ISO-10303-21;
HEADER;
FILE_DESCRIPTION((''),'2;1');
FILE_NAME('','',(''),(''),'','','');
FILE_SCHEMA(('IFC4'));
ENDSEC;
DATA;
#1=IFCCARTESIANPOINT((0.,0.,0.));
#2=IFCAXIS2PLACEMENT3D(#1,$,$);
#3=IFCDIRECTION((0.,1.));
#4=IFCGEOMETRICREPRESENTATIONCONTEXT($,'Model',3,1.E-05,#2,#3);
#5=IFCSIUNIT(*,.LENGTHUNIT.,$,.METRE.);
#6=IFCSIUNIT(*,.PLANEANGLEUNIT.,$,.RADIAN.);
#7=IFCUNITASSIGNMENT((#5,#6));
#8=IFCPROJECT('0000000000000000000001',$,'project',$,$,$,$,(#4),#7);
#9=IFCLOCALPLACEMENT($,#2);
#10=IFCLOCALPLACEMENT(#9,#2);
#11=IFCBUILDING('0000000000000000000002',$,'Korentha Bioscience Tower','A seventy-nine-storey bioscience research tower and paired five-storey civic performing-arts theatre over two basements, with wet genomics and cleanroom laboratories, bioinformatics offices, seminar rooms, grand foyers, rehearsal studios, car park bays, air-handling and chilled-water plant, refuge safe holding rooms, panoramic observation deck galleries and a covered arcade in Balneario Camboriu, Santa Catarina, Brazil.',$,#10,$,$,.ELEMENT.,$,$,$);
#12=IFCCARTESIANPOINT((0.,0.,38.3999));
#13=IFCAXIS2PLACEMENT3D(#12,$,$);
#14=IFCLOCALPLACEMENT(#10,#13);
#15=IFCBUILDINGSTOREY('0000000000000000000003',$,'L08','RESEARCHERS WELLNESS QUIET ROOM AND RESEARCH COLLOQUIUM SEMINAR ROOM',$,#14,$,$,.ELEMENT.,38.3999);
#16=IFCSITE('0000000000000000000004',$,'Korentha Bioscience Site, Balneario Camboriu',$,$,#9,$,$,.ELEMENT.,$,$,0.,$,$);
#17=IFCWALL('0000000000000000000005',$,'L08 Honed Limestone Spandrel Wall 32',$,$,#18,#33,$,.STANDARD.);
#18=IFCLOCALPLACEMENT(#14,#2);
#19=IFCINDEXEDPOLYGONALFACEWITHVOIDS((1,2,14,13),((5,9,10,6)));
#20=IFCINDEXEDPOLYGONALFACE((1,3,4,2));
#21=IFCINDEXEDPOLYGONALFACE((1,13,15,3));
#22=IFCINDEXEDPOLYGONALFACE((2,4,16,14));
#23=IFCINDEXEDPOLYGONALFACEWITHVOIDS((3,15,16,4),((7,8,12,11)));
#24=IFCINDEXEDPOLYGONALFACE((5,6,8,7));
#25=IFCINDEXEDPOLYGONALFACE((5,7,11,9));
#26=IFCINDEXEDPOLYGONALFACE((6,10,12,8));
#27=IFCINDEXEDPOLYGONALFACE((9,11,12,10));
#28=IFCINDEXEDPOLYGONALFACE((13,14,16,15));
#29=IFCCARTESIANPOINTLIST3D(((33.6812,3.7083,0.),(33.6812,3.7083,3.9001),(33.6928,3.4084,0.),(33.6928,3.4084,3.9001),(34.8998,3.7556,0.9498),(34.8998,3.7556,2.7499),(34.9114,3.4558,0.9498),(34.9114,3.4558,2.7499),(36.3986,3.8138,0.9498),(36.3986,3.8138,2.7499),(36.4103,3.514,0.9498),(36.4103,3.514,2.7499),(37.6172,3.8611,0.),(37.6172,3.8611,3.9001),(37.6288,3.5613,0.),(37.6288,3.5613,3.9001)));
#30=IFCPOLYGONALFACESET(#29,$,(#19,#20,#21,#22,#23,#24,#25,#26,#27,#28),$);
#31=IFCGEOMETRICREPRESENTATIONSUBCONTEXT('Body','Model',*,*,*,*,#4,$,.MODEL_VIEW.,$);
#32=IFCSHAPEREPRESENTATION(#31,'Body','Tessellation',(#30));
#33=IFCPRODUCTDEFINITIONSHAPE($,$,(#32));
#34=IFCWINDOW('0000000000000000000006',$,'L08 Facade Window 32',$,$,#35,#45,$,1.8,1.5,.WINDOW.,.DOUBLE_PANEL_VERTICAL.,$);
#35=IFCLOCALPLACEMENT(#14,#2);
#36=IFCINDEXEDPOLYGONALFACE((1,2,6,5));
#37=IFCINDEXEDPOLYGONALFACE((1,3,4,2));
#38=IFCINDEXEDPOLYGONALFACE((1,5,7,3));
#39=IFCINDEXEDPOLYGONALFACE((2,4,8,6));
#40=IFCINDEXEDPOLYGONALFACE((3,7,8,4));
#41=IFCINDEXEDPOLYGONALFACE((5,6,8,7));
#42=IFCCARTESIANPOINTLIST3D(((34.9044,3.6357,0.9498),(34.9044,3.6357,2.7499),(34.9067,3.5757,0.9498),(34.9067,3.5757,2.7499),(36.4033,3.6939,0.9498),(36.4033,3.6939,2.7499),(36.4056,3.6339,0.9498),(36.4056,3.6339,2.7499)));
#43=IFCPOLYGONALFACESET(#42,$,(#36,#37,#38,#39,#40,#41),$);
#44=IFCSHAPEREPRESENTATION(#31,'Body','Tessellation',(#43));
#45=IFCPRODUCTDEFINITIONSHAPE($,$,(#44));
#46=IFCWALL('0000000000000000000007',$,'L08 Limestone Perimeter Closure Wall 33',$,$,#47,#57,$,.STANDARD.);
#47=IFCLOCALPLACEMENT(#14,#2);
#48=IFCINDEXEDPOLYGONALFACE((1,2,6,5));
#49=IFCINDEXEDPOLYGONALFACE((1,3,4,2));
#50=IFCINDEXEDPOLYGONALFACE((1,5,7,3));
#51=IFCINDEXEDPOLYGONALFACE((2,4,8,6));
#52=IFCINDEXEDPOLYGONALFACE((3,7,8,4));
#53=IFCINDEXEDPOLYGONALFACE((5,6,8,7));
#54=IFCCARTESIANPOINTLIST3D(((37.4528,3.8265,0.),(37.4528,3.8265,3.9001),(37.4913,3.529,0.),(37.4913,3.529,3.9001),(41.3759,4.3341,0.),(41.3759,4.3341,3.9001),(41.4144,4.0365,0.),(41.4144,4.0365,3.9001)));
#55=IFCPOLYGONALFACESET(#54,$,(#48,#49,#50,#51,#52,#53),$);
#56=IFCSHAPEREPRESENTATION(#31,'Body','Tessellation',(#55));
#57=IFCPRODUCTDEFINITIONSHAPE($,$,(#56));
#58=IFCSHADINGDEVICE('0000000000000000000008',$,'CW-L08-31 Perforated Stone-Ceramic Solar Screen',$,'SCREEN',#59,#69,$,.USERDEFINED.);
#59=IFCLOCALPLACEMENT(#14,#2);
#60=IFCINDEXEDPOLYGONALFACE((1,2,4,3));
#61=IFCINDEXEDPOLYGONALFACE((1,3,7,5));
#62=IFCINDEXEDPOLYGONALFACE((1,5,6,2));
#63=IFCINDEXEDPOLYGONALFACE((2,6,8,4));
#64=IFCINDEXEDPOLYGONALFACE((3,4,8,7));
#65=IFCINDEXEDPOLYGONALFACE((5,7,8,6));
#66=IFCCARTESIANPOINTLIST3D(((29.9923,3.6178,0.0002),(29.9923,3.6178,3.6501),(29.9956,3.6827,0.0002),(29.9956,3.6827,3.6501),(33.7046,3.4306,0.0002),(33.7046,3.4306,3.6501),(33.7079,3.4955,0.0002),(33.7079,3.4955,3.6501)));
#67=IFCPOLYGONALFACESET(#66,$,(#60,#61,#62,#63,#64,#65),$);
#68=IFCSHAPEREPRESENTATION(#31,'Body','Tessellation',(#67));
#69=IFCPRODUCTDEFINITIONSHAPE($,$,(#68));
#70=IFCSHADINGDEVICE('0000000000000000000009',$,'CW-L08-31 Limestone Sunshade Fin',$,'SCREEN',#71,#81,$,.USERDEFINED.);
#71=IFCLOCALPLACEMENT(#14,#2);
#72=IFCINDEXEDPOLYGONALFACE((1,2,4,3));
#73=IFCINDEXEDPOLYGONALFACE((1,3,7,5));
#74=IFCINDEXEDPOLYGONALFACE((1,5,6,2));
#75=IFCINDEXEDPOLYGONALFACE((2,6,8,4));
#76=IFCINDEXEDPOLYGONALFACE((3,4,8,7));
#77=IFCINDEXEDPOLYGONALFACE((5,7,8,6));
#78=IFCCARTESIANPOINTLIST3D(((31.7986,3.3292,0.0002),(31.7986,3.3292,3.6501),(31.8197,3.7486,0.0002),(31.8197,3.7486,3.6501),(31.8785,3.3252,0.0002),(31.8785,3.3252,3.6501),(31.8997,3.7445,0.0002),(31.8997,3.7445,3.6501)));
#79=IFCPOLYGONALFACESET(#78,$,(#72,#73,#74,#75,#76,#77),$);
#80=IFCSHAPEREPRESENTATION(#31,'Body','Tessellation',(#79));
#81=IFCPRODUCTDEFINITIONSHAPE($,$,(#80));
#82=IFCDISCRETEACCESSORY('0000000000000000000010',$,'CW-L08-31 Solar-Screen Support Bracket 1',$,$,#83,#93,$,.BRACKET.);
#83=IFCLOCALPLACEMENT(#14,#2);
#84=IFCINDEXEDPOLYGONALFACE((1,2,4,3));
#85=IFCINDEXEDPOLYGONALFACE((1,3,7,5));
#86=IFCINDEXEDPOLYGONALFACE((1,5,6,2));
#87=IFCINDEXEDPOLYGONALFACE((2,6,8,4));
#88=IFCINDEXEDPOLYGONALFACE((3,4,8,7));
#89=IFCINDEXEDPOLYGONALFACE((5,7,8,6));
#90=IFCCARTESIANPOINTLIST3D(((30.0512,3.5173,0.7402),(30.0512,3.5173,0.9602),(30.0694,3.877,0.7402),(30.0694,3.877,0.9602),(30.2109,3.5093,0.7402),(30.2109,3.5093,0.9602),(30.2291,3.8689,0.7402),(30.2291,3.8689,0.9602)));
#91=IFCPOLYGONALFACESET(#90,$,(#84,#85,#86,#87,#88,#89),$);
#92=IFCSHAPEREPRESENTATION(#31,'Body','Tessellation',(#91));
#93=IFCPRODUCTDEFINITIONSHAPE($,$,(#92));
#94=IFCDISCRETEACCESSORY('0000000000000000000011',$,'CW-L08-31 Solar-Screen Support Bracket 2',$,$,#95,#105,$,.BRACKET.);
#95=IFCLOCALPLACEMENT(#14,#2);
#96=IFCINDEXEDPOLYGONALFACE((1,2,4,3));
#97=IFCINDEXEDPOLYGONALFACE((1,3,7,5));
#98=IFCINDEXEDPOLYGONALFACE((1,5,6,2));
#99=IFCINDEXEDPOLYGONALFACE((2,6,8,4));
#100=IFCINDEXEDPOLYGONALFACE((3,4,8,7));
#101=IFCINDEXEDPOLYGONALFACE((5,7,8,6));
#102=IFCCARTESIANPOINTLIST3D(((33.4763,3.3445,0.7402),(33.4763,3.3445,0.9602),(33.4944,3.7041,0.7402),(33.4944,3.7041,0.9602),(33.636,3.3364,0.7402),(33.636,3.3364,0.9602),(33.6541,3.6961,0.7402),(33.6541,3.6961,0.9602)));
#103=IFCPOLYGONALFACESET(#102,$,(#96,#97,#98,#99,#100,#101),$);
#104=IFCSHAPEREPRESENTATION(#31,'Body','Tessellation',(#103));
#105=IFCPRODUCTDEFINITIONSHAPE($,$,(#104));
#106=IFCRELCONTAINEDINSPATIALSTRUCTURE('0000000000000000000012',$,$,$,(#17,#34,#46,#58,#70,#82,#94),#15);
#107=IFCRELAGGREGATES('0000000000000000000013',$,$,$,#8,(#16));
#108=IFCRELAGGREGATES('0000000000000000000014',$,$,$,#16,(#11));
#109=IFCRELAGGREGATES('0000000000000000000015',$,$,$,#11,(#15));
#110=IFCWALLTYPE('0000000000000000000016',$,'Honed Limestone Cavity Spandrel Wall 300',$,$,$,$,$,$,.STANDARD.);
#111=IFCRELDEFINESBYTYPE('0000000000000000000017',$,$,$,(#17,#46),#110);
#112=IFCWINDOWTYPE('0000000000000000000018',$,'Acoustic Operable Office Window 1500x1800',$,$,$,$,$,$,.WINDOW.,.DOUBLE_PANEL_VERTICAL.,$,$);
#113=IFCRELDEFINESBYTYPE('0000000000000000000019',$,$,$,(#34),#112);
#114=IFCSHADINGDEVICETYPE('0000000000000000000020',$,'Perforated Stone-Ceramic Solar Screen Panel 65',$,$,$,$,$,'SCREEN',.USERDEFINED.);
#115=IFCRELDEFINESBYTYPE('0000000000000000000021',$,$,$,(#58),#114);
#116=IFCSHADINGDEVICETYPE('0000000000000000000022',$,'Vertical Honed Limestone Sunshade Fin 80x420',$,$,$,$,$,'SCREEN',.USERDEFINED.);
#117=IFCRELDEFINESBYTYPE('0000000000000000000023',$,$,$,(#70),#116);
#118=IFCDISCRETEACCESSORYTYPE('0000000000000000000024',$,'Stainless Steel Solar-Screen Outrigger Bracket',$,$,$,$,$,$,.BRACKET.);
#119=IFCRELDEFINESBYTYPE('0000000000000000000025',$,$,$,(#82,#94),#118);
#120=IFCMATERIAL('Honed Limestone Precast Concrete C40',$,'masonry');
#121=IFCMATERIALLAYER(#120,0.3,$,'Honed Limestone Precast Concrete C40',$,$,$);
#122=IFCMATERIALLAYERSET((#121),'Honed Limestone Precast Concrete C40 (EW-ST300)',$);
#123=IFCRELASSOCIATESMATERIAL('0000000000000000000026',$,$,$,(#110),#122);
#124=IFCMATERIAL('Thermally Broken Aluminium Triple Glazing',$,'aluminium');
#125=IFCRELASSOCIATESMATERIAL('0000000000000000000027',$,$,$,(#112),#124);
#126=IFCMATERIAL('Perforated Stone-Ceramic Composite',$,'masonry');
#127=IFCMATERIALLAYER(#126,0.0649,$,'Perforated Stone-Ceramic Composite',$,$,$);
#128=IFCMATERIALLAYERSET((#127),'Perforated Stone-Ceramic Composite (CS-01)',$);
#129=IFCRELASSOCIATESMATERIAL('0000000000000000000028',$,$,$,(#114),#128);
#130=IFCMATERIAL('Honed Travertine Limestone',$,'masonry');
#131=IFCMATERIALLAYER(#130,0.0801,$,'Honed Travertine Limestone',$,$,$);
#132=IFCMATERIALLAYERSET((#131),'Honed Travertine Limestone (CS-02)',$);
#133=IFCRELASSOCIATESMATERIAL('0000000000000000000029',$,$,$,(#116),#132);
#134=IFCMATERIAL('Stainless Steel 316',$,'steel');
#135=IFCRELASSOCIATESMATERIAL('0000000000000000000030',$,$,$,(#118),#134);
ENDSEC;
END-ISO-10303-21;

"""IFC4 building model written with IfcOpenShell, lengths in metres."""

from ifc_helpers import new_model, si_unit, direction, frame, frame_2d, origin, origin_2d, place, context, subcontext, project, spatial, rectangle, extrude, material, layer, layer_set, type_object, element, fill, save


model = new_model("IFC4")

# Units and contexts
model_context = context("Model", 3, precision=1e-05, world=origin(), true_north=direction((0.0, 1.0)))
body_context = subcontext(model_context, "Body", "Model", "MODEL_VIEW")
ifc_project = project(units=[si_unit("LENGTHUNIT", "METRE"), si_unit("PLANEANGLEUNIT", "RADIAN")], contexts=[model_context])

# Site, building, storey
site_placement = place(None, origin())
site = spatial("IfcSite", under=ifc_project, at=site_placement, Name="Korentha Bioscience Site, Balneario Camboriu", CompositionType="ELEMENT", RefElevation=0.0)
building_placement = place(site_placement, origin())
building = spatial("IfcBuilding", under=site, at=building_placement, Name="Korentha Bioscience Tower", Description="A seventy-nine-storey bioscience research tower and paired five-storey civic performing-arts theatre over two basements, with wet genomics and cleanroom laboratories, bioinformatics offices, seminar rooms, grand foyers, rehearsal studios, car park bays, air-handling and chilled-water plant, refuge safe holding rooms, panoramic observation deck galleries and a covered arcade in Balneario Camboriu, Santa Catarina, Brazil.", CompositionType="ELEMENT")
storey_placement = place(building_placement, frame((0.0, 0.0, 38.3999)))
storey = spatial("IfcBuildingStorey", under=building, at=storey_placement, Name="L08", Description="RESEARCHERS WELLNESS QUIET ROOM AND RESEARCH COLLOQUIUM SEMINAR ROOM", CompositionType="ELEMENT", Elevation=38.3999)

# Wall, opening, window
ifc_material_1 = material(Name="Honed Limestone Precast Concrete C40", Category="masonry")
ifc_layer_1 = layer(ifc_material_1, 0.3, Name="Honed Limestone Precast Concrete C40")
ifc_layer_set_1 = layer_set([ifc_layer_1], Name="Honed Limestone Precast Concrete C40 (EW-ST300)")
wall_type_1 = type_object("IfcWallType", Name="Honed Limestone Cavity Spandrel Wall 300", PredefinedType="STANDARD", material=ifc_layer_set_1)
wall_1_placement = place(storey_placement, frame((33.687, 3.5583, 0.0), z_axis=(0.0, 0.0, 1.0), x_axis=(0.999247, 0.0388, 0.0)))
wall_1 = element("IfcWall", 1, at=wall_1_placement, inside=storey, type_object=wall_type_1, Name="L08 Honed Limestone Spandrel Wall 32", PredefinedType="STANDARD", context=body_context, shape_type="SweptSolid", body=[
    extrude(rectangle(XDim=3.939, YDim=0.3, at=frame_2d((1.9695, 0.0))), origin(), (0.0, 0.0, 1.0), 3.9001),
])
opening_1_placement = place(wall_1_placement, frame((1.2195, 0.0, 0.95)))
opening_1 = element("IfcOpeningElement", 2, at=opening_1_placement, cuts=wall_1, PredefinedType="OPENING", context=body_context, shape_type="SweptSolid", body=[
    extrude(rectangle(XDim=1.5, YDim=1.8, at=frame_2d((0.75, 0.8999))), frame((0.0, 0.165, 0.0), z_axis=(0.0, -1.0, 0.0), x_axis=(1.0, 0.0, 0.0)), (0.0, 0.0, 1.0), 0.3298),
])
ifc_material_2 = material(Name="Thermally Broken Aluminium Triple Glazing", Category="aluminium")
window_type = type_object("IfcWindowType", Name="Acoustic Operable Office Window 1500x1800", PartitioningType="DOUBLE_PANEL_VERTICAL", PredefinedType="WINDOW", material=ifc_material_2)
window_placement = place(opening_1_placement, origin())
window = element("IfcWindow", 3, at=window_placement, inside=storey, type_object=window_type, Name="L08 Facade Window 32", OverallHeight=1.8, OverallWidth=1.5, PartitioningType="DOUBLE_PANEL_VERTICAL", PredefinedType="WINDOW", context=body_context, shape_type="SweptSolid", body=[
    extrude(rectangle(XDim=1.5, YDim=1.8, at=frame_2d((0.75, 0.8999))), frame((0.0, 0.03, 0.0), z_axis=(0.0, -1.0, 0.0), x_axis=(1.0, 0.0, 0.0)), (0.0, 0.0, 1.0), 0.0601),
])
fill(opening_1, window)

# Wall
wall_2_placement = place(storey_placement, frame((37.4719, 3.6777, 0.0), z_axis=(0.0, 0.0, 1.0), x_axis=(0.991734, 0.12831, 0.0)))
element("IfcWall", 4, at=wall_2_placement, inside=storey, type_object=wall_type_1, Name="L08 Limestone Perimeter Closure Wall 33", PredefinedType="STANDARD", context=body_context, shape_type="SweptSolid", body=[
    extrude(rectangle(XDim=3.9558, YDim=0.3, at=frame_2d((1.978, 0.0))), origin(), (0.0, 0.0, 1.0), 3.9001),
])

# Shading devices
ifc_material_3 = material(Name="Perforated Stone-Ceramic Composite", Category="masonry")
ifc_layer_2 = layer(ifc_material_3, 0.0649, Name="Perforated Stone-Ceramic Composite")
ifc_layer_set_2 = layer_set([ifc_layer_2], Name="Perforated Stone-Ceramic Composite (CS-01)")
shading_device_type_1 = type_object("IfcShadingDeviceType", Name="Perforated Stone-Ceramic Solar Screen Panel 65", ElementType="SCREEN", PredefinedType="USERDEFINED", material=ifc_layer_set_2)
shading_device_1_placement = place(storey_placement, frame((31.8501, 3.5566, 0.0002), z_axis=(0.0, 0.0, 1.0), x_axis=(0.998731, -0.050371, 0.0)))
element("IfcShadingDevice", 5, at=shading_device_1_placement, inside=storey, type_object=shading_device_type_1, Name="CW-L08-31 Perforated Stone-Ceramic Solar Screen", ObjectType="SCREEN", PredefinedType="USERDEFINED", context=body_context, shape_type="SweptSolid", body=[
    extrude(rectangle(XDim=3.717, YDim=0.0649, at=origin_2d()), origin(), (0.0, 0.0, 1.0), 3.6499),
])
ifc_material_4 = material(Name="Honed Travertine Limestone", Category="masonry")
ifc_layer_3 = layer(ifc_material_4, 0.0801, Name="Honed Travertine Limestone")
ifc_layer_set_3 = layer_set([ifc_layer_3], Name="Honed Travertine Limestone (CS-02)")
shading_device_type_2 = type_object("IfcShadingDeviceType", Name="Vertical Honed Limestone Sunshade Fin 80x420", ElementType="SCREEN", PredefinedType="USERDEFINED", material=ifc_layer_set_3)
shading_device_2_placement = place(storey_placement, frame((31.8491, 3.5369, 0.0002), z_axis=(0.0, 0.0, 1.0), x_axis=(0.998731, -0.050371, 0.0)))
element("IfcShadingDevice", 6, at=shading_device_2_placement, inside=storey, type_object=shading_device_type_2, Name="CW-L08-31 Limestone Sunshade Fin", ObjectType="SCREEN", PredefinedType="USERDEFINED", context=body_context, shape_type="SweptSolid", body=[
    extrude(rectangle(XDim=0.0801, YDim=0.4199, at=origin_2d()), origin(), (0.0, 0.0, 1.0), 3.6499),
])

# Discrete accessories
ifc_material_5 = material(Name="Stainless Steel 316", Category="steel")
discrete_accessory_type = type_object("IfcDiscreteAccessoryType", Name="Stainless Steel Solar-Screen Outrigger Bracket", PredefinedType="BRACKET", material=ifc_material_5)
for number, where, z_axis, x_axis, name in (
    (7, (30.1401, 3.6931, 0.7402), (0.0, 0.0, 1.0), (0.998731, -0.050371, 0.0), "CW-L08-31 Solar-Screen Support Bracket 1"),
    (8, (33.5652, 3.5203, 0.7402), (0.0, 0.0, 1.0), (0.998731, -0.050371, 0.0), "CW-L08-31 Solar-Screen Support Bracket 2"),
):
    element("IfcDiscreteAccessory", number, at=place(storey_placement, frame(where, z_axis=z_axis, x_axis=x_axis)), inside=storey, type_object=discrete_accessory_type, Name=name, PredefinedType="BRACKET", context=body_context, shape_type="SweptSolid", body=[
        extrude(rectangle(XDim=0.1599, YDim=0.3601, at=origin_2d()), origin(), (0.0, 0.0, 1.0), 0.22),
    ])

save(model, "model.ifc")
